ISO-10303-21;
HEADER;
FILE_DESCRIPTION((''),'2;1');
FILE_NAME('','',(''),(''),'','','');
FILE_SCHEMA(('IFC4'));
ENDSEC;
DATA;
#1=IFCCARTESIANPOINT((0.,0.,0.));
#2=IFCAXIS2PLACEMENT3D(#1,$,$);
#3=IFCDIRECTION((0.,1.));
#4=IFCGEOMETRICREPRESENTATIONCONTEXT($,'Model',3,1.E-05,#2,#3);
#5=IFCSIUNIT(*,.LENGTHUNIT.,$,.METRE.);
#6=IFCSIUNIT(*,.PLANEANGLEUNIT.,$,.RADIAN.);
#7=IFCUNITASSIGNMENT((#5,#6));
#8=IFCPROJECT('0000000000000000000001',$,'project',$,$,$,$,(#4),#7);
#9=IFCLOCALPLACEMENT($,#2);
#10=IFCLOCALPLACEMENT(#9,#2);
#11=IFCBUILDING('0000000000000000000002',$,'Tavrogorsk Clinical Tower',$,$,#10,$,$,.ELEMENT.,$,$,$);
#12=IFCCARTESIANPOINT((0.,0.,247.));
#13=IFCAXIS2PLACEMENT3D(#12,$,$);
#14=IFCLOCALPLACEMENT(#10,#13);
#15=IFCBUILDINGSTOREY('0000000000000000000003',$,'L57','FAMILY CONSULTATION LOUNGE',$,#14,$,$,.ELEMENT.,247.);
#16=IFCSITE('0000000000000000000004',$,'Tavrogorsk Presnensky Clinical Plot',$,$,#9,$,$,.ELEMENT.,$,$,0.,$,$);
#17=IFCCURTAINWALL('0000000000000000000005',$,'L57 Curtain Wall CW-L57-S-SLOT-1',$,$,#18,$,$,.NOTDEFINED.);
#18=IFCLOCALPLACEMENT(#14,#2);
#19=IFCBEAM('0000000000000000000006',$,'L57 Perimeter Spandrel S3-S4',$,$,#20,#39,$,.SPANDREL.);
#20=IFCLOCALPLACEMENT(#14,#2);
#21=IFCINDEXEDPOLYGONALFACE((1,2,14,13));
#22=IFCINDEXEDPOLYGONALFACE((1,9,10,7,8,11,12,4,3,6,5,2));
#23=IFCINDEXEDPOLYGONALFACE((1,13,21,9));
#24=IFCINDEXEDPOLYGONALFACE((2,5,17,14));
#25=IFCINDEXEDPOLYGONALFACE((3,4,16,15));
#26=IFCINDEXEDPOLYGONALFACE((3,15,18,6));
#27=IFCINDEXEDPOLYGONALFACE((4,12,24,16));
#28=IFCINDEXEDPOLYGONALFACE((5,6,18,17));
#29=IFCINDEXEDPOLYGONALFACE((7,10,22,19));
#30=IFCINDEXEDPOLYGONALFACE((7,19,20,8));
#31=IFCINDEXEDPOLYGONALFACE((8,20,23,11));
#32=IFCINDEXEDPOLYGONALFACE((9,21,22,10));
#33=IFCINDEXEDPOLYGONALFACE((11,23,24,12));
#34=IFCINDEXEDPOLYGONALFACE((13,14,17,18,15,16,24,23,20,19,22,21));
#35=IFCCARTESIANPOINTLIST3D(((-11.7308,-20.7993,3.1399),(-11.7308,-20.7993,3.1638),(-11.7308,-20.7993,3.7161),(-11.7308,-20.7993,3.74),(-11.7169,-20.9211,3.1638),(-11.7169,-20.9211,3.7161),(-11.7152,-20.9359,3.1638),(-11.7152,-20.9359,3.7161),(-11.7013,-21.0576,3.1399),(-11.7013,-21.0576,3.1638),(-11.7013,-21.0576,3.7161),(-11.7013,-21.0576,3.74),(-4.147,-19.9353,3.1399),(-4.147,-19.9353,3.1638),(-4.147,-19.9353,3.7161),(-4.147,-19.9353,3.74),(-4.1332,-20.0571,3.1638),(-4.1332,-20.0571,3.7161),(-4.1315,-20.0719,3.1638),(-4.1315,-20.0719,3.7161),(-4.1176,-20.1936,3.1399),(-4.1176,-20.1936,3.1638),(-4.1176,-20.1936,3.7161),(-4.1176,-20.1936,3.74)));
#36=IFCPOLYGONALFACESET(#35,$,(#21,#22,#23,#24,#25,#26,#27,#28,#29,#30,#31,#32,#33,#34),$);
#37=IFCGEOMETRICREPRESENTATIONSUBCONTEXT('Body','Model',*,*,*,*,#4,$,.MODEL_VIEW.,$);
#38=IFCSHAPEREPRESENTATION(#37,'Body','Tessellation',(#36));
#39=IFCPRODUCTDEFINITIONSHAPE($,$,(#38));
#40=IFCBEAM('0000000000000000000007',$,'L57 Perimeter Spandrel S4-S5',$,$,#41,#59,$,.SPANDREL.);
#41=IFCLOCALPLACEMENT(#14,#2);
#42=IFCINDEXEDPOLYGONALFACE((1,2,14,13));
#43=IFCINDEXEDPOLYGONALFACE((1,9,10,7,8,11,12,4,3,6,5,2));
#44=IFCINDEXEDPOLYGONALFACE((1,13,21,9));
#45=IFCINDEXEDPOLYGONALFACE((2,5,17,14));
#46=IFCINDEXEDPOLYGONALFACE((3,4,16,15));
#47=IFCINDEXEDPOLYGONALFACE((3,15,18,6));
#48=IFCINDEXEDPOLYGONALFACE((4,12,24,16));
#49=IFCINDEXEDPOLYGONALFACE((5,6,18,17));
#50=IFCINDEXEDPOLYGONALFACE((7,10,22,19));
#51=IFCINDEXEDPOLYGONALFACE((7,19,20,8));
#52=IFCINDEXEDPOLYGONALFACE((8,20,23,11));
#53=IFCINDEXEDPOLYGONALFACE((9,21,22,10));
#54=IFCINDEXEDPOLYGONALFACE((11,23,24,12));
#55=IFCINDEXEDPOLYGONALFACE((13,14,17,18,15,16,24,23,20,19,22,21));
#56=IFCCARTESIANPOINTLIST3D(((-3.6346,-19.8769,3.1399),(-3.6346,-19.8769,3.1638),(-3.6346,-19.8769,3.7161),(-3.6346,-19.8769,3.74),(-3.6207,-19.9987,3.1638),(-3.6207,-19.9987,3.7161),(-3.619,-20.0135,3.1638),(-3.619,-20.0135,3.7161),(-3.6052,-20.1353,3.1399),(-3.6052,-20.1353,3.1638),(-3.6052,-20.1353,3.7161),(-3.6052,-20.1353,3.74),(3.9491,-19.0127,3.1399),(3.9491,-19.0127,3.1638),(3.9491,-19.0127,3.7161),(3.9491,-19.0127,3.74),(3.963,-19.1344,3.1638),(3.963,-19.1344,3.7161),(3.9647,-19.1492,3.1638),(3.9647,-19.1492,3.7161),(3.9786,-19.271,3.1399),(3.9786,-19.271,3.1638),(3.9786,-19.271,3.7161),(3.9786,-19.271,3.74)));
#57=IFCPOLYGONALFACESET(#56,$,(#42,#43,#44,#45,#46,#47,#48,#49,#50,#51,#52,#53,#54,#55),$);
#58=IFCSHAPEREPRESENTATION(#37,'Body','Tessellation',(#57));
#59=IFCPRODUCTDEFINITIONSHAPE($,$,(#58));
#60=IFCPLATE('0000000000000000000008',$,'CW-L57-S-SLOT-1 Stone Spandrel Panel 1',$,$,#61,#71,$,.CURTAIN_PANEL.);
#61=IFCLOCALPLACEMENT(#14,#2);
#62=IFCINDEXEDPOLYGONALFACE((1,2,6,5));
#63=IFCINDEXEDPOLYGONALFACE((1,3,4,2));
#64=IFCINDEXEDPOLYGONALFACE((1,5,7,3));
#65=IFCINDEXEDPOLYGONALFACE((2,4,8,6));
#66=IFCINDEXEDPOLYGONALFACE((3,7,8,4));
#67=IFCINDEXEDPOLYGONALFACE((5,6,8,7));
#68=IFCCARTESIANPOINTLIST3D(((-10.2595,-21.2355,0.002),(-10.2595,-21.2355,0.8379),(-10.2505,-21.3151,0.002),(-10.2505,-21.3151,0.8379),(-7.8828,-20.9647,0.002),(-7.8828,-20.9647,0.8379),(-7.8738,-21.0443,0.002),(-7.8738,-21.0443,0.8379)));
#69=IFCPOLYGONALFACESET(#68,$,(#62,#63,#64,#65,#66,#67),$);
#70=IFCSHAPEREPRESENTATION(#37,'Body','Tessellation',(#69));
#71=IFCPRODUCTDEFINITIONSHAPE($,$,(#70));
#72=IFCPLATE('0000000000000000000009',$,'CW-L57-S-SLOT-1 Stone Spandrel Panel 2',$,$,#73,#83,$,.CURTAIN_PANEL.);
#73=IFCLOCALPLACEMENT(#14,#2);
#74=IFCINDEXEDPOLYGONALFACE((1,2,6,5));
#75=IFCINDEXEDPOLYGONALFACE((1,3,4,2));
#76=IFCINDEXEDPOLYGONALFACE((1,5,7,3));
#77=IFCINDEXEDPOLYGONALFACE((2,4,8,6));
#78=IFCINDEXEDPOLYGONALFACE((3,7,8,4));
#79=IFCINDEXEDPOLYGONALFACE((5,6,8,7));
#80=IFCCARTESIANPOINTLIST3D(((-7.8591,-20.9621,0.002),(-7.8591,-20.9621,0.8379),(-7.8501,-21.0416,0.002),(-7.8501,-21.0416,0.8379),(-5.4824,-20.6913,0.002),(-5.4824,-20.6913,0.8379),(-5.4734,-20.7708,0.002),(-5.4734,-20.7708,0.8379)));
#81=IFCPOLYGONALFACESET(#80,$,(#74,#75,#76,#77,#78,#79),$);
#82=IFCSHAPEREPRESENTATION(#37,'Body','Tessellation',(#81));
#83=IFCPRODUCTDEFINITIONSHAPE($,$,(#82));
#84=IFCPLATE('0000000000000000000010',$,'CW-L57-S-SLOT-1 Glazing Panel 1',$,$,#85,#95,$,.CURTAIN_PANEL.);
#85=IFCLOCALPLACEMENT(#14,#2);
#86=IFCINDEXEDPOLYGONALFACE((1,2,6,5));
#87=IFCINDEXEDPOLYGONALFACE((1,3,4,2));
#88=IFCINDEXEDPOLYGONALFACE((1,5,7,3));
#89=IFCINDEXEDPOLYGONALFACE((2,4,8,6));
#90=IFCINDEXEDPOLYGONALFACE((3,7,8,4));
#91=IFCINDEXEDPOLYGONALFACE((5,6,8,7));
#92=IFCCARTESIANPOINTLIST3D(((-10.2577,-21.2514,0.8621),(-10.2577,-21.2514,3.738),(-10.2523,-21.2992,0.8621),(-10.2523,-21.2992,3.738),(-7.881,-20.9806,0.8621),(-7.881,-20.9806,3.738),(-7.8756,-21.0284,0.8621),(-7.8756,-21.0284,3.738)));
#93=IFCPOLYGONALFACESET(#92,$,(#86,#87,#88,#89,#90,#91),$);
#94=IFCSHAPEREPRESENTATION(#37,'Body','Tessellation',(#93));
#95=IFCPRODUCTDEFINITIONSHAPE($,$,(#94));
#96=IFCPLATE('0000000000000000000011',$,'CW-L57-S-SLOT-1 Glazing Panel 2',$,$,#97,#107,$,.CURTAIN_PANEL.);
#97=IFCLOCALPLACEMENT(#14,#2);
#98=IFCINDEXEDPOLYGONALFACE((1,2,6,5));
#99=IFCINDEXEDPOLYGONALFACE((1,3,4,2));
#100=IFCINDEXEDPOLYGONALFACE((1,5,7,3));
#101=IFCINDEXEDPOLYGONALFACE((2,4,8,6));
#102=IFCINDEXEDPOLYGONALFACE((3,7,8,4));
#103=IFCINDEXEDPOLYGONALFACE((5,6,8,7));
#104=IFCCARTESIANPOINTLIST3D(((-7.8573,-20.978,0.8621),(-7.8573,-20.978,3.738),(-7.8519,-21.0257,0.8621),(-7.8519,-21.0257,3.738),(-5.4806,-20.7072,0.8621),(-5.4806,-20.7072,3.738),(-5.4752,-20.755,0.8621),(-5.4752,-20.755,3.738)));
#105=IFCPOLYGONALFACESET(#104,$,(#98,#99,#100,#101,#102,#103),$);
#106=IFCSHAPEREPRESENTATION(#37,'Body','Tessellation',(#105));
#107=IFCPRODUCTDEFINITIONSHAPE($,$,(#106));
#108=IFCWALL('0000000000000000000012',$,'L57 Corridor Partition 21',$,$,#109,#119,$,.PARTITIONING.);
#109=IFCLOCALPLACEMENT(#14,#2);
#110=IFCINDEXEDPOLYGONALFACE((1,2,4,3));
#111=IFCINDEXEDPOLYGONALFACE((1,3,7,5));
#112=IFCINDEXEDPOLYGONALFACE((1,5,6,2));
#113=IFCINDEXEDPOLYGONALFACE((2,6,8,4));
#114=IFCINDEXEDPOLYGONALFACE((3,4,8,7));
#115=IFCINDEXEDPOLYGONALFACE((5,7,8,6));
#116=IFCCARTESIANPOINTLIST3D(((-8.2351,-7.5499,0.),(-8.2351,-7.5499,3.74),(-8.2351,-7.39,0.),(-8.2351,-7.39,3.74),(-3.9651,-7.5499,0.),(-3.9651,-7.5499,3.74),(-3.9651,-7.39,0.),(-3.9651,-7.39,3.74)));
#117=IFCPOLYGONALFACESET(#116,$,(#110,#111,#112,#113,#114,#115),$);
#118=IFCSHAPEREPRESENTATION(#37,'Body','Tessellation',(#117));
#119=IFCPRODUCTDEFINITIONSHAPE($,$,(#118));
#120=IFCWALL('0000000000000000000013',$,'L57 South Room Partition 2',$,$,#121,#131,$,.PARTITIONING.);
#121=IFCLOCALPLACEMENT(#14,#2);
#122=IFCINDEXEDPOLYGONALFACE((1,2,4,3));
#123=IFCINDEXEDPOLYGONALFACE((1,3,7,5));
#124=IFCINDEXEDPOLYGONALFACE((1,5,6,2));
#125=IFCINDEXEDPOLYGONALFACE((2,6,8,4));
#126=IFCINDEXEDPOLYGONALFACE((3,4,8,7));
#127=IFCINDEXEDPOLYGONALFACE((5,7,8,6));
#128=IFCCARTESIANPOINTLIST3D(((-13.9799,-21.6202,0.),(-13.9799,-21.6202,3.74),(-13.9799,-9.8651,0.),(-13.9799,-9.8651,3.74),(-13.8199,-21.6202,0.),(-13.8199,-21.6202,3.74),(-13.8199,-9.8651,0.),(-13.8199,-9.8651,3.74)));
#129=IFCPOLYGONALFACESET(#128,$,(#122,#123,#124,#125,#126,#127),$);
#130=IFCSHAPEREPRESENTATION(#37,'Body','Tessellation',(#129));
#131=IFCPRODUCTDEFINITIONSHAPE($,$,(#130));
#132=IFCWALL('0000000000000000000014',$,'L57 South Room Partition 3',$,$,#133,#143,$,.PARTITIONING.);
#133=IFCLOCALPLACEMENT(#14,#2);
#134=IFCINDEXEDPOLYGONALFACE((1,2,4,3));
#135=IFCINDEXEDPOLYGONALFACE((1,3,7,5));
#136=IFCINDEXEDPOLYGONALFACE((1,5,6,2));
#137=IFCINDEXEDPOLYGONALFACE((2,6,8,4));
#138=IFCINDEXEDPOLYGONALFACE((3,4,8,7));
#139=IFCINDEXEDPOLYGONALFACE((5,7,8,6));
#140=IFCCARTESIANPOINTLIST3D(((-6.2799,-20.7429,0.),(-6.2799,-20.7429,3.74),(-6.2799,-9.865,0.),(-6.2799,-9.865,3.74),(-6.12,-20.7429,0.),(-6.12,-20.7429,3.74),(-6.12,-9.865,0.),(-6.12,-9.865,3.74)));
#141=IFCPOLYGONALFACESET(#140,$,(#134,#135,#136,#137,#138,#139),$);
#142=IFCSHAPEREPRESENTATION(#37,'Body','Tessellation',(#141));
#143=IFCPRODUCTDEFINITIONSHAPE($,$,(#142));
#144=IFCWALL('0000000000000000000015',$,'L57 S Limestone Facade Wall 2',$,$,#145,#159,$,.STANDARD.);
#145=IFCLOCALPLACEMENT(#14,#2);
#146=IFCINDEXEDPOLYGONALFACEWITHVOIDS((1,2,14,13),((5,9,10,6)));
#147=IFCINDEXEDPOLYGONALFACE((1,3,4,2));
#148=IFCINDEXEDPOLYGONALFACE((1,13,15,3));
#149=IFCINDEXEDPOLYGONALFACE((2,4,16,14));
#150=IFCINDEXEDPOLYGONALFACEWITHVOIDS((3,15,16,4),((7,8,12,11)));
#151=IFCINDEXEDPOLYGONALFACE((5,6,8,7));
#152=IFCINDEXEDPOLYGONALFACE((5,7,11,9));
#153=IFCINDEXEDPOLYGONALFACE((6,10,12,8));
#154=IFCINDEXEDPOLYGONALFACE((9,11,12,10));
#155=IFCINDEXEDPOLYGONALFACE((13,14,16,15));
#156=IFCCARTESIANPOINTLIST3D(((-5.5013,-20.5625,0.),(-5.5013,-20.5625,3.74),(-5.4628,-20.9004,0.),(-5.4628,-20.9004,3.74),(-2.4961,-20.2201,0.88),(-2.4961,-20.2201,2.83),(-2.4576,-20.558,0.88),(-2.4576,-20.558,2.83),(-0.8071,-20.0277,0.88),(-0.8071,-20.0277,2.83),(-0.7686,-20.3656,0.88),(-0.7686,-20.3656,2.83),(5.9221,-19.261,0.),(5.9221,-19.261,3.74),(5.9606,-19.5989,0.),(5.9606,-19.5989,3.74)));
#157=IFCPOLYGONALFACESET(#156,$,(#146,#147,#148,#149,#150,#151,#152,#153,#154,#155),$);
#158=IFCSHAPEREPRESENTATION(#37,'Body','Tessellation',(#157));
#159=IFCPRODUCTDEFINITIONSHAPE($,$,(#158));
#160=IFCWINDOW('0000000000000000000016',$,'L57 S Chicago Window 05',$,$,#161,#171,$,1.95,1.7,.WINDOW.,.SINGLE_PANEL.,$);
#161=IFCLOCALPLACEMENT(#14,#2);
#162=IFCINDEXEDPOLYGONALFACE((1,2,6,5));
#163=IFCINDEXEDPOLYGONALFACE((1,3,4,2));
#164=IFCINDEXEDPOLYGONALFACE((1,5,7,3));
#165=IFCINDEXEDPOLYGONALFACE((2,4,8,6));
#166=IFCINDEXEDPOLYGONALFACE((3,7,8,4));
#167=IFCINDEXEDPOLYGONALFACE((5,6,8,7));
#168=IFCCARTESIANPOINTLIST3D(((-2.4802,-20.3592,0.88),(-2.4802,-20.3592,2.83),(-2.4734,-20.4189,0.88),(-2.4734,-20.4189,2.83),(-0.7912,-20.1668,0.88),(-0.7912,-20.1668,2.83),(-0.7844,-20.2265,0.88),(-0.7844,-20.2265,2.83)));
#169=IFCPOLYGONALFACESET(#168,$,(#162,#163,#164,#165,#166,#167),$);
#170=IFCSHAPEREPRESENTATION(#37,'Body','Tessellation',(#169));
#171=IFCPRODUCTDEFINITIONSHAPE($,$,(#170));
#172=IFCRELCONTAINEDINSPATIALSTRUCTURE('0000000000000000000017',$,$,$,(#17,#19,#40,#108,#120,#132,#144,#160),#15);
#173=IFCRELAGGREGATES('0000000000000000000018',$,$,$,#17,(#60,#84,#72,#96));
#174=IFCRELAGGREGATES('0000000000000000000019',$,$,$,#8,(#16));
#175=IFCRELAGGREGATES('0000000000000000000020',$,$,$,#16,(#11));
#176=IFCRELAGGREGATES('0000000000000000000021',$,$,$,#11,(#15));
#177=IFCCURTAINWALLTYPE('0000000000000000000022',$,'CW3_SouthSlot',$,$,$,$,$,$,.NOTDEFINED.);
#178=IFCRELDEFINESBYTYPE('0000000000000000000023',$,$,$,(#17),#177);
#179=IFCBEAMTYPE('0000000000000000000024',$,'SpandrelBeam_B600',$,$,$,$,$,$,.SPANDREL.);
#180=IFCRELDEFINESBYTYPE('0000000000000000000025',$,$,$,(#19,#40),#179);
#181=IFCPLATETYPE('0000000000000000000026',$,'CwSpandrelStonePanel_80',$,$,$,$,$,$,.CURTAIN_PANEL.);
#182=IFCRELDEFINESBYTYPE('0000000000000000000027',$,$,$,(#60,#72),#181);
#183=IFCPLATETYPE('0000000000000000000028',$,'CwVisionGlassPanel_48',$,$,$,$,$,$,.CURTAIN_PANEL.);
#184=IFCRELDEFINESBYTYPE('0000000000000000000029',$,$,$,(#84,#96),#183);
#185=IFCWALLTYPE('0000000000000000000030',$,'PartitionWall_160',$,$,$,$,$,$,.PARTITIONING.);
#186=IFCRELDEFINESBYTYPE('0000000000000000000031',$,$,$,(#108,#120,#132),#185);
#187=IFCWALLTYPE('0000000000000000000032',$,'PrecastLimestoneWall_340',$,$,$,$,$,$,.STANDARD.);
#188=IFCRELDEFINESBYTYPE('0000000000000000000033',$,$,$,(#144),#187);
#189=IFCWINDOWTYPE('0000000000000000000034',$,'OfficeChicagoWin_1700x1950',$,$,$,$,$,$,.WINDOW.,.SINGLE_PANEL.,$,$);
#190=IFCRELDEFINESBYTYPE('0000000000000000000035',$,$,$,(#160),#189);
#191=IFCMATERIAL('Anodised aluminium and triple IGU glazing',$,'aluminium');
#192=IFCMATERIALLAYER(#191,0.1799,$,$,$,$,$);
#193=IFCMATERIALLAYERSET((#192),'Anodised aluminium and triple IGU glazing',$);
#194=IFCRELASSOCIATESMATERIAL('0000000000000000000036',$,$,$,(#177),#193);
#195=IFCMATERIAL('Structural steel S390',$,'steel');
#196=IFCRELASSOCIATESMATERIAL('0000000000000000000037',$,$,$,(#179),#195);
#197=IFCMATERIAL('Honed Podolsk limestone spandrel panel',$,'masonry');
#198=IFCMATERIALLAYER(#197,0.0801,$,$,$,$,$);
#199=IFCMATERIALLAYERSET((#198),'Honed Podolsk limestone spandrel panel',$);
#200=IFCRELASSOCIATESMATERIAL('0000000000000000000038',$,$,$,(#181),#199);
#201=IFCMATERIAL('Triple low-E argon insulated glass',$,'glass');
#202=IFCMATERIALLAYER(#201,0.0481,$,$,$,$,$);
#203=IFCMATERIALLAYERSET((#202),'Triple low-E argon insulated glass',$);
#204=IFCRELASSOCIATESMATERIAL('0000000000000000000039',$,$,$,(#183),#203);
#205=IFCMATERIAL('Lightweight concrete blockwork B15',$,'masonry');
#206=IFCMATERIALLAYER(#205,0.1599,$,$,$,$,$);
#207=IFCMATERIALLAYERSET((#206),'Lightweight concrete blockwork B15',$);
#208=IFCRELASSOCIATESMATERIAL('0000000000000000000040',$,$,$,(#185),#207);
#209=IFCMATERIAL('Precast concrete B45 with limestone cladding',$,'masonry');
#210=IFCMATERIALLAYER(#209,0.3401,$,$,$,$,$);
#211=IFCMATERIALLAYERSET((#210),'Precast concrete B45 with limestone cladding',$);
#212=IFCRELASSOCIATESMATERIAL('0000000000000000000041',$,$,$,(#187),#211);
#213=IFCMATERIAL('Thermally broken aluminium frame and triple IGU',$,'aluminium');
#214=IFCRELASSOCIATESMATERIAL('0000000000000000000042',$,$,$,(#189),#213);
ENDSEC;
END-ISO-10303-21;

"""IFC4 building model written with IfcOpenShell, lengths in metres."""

from ifc_helpers import new_model, si_unit, direction, frame, frame_2d, origin, origin_2d, place, context, subcontext, project, spatial, rectangle, i_section, extrude, material, layer, layer_set, material_profile, profile_set, type_object, element, fill, aggregate, save


model = new_model("IFC4")

# Units and contexts
model_context = context("Model", 3, precision=1e-05, world=origin(), true_north=direction((0.0, 1.0)))
body_context = subcontext(model_context, "Body", "Model", "MODEL_VIEW")
ifc_project = project(units=[si_unit("LENGTHUNIT", "METRE"), si_unit("PLANEANGLEUNIT", "RADIAN")], contexts=[model_context])

# Site, building, storey
site_placement = place(None, origin())
site = spatial("IfcSite", under=ifc_project, at=site_placement, Name="Tavrogorsk Presnensky Clinical Plot", CompositionType="ELEMENT", RefElevation=0.0)
building_placement = place(site_placement, origin())
building = spatial("IfcBuilding", under=site, at=building_placement, Name="Tavrogorsk Clinical Tower", CompositionType="ELEMENT")
storey_placement = place(building_placement, frame((0.0, 0.0, 247.0)))
storey = spatial("IfcBuildingStorey", under=building, at=storey_placement, Name="L57", Description="FAMILY CONSULTATION LOUNGE", CompositionType="ELEMENT", Elevation=247.0)

# Curtain wall
ifc_material_1 = material(Name="Anodised aluminium and triple IGU glazing", Category="aluminium")
ifc_layer_1 = layer(ifc_material_1, 0.1799)
ifc_layer_set_1 = layer_set([ifc_layer_1], Name="Anodised aluminium and triple IGU glazing")
curtain_wall_type = type_object("IfcCurtainWallType", Name="CW3_SouthSlot", PredefinedType="NOTDEFINED", material=ifc_layer_set_1)
curtain_wall_placement = place(storey_placement, origin())
curtain_wall = element("IfcCurtainWall", 1, at=curtain_wall_placement, inside=storey, type_object=curtain_wall_type, Name="L57 Curtain Wall CW-L57-S-SLOT-1", PredefinedType="NOTDEFINED")

# Beams
ifc_material_2 = material(Name="Structural steel S390", Category="steel")
ifc_material_profile_1 = material_profile(ifc_material_2, i_section(OverallWidth=0.26, OverallDepth=0.6001, WebThickness=0.0149, FlangeThickness=0.0239, at=origin_2d()), Name="B-600x260x15x24")
ifc_profile_set_1 = profile_set([ifc_material_profile_1], Name="Structural steel S390")
beam_type = type_object("IfcBeamType", Name="SpandrelBeam_B600", PredefinedType="SPANDREL", material=ifc_profile_set_1)
for number, where, z_axis, x_axis, name in (
    (2, (-11.7161, -20.9285, 3.4399), (0.993573, 0.113197, 0.0), (-0.113197, 0.993573, 0.0), "L57 Perimeter Spandrel S3-S4"),
    (3, (-3.6199, -20.0061, 3.4399), (0.993569, 0.113229, 0.0), (-0.113229, 0.993569, 0.0), "L57 Perimeter Spandrel S4-S5"),
):
    element("IfcBeam", number, at=place(storey_placement, frame(where, z_axis=z_axis, x_axis=x_axis)), inside=storey, type_object=beam_type, Name=name, PredefinedType="SPANDREL", context=body_context, shape_type="SweptSolid", body=[
        extrude(i_section(OverallWidth=0.26, OverallDepth=0.6001, WebThickness=0.0149, FlangeThickness=0.0239, at=origin_2d()), origin(), (0.0, 0.0, 1.0), 7.6328),
    ])

# Plates
ifc_material_3 = material(Name="Honed Podolsk limestone spandrel panel", Category="masonry")
ifc_layer_2 = layer(ifc_material_3, 0.0801)
ifc_layer_set_2 = layer_set([ifc_layer_2], Name="Honed Podolsk limestone spandrel panel")
plate_type_1 = type_object("IfcPlateType", Name="CwSpandrelStonePanel_80", PredefinedType="CURTAIN_PANEL", material=ifc_layer_set_2)
plate_1_placement = place(storey_placement, frame((-9.0667, -21.1399, 0.002), z_axis=(0.0, 0.0, 1.0), x_axis=(0.993572, 0.113203, 0.0)))
plate_1 = element("IfcPlate", 4, at=plate_1_placement, type_object=plate_type_1, Name="CW-L57-S-SLOT-1 Stone Spandrel Panel 1", PredefinedType="CURTAIN_PANEL", context=body_context, shape_type="SweptSolid", body=[
    extrude(rectangle(XDim=2.3921, YDim=0.0801, at=origin_2d()), origin(), (0.0, 0.0, 1.0), 0.8359),
])
plate_2_placement = place(storey_placement, frame((-6.6663, -20.8665, 0.002), z_axis=(0.0, 0.0, 1.0), x_axis=(0.993572, 0.113203, 0.0)))
plate_2 = element("IfcPlate", 5, at=plate_2_placement, type_object=plate_type_1, Name="CW-L57-S-SLOT-1 Stone Spandrel Panel 2", PredefinedType="CURTAIN_PANEL", context=body_context, shape_type="SweptSolid", body=[
    extrude(rectangle(XDim=2.3921, YDim=0.0801, at=origin_2d()), origin(), (0.0, 0.0, 1.0), 0.8359),
])
ifc_material_4 = material(Name="Triple low-E argon insulated glass", Category="glass")
ifc_layer_3 = layer(ifc_material_4, 0.0481)
ifc_layer_set_3 = layer_set([ifc_layer_3], Name="Triple low-E argon insulated glass")
plate_type_2 = type_object("IfcPlateType", Name="CwVisionGlassPanel_48", PredefinedType="CURTAIN_PANEL", material=ifc_layer_set_3)
plate_3_placement = place(storey_placement, frame((-9.0667, -21.1399, 0.8621), z_axis=(0.0, 0.0, 1.0), x_axis=(0.993572, 0.113203, 0.0)))
plate_3 = element("IfcPlate", 6, at=plate_3_placement, type_object=plate_type_2, Name="CW-L57-S-SLOT-1 Glazing Panel 1", PredefinedType="CURTAIN_PANEL", context=body_context, shape_type="SweptSolid", body=[
    extrude(rectangle(XDim=2.3921, YDim=0.0481, at=origin_2d()), origin(), (0.0, 0.0, 1.0), 2.876),
])
plate_4_placement = place(storey_placement, frame((-6.6663, -20.8665, 0.8621), z_axis=(0.0, 0.0, 1.0), x_axis=(0.993572, 0.113203, 0.0)))
plate_4 = element("IfcPlate", 7, at=plate_4_placement, type_object=plate_type_2, Name="CW-L57-S-SLOT-1 Glazing Panel 2", PredefinedType="CURTAIN_PANEL", context=body_context, shape_type="SweptSolid", body=[
    extrude(rectangle(XDim=2.3921, YDim=0.0481, at=origin_2d()), origin(), (0.0, 0.0, 1.0), 2.876),
])
aggregate(curtain_wall, [plate_1, plate_3, plate_2, plate_4])

# Walls
ifc_material_5 = material(Name="Lightweight concrete blockwork B15", Category="masonry")
ifc_layer_4 = layer(ifc_material_5, 0.1599)
ifc_layer_set_4 = layer_set([ifc_layer_4], Name="Lightweight concrete blockwork B15")
wall_type_1 = type_object("IfcWallType", Name="PartitionWall_160", PredefinedType="PARTITIONING", material=ifc_layer_set_4)
wall_1_placement = place(storey_placement, frame((-8.2351, -7.47, 0.0), z_axis=(0.0, 0.0, 1.0), x_axis=(1.0, 0.0, 0.0)))
element("IfcWall", 8, at=wall_1_placement, inside=storey, type_object=wall_type_1, Name="L57 Corridor Partition 21", PredefinedType="PARTITIONING", context=body_context, shape_type="SweptSolid", body=[
    extrude(rectangle(XDim=4.27, YDim=0.1599, at=frame_2d((2.135, 0.0))), origin(), (0.0, 0.0, 1.0), 3.74),
])
wall_2_placement = place(storey_placement, frame((-13.8999, -21.6201, 0.0), z_axis=(0.0, 0.0, 1.0), x_axis=(0.0, 1.0, 0.0)))
element("IfcWall", 9, at=wall_2_placement, inside=storey, type_object=wall_type_1, Name="L57 South Room Partition 2", PredefinedType="PARTITIONING", context=body_context, shape_type="SweptSolid", body=[
    extrude(rectangle(XDim=11.7551, YDim=0.1599, at=frame_2d((5.8774, 0.0))), origin(), (0.0, 0.0, 1.0), 3.74),
])
wall_3_placement = place(storey_placement, frame((-6.2, -20.7429, 0.0), z_axis=(0.0, 0.0, 1.0), x_axis=(0.0, 1.0, 0.0)))
element("IfcWall", 10, at=wall_3_placement, inside=storey, type_object=wall_type_1, Name="L57 South Room Partition 3", PredefinedType="PARTITIONING", context=body_context, shape_type="SweptSolid", body=[
    extrude(rectangle(XDim=10.8779, YDim=0.1599, at=frame_2d((5.439, 0.0))), origin(), (0.0, 0.0, 1.0), 3.74),
])

# Wall, opening, window
ifc_material_6 = material(Name="Precast concrete B45 with limestone cladding", Category="masonry")
ifc_layer_5 = layer(ifc_material_6, 0.3401)
ifc_layer_set_5 = layer_set([ifc_layer_5], Name="Precast concrete B45 with limestone cladding")
wall_type_2 = type_object("IfcWallType", Name="PrecastLimestoneWall_340", PredefinedType="STANDARD", material=ifc_layer_set_5)
wall_4_placement = place(storey_placement, frame((-5.4819, -20.7314, 0.0), z_axis=(0.0, 0.0, 1.0), x_axis=(0.993572, 0.113202, 0.0)))
wall_4 = element("IfcWall", 11, at=wall_4_placement, inside=storey, type_object=wall_type_2, Name="L57 S Limestone Facade Wall 2", PredefinedType="STANDARD", context=body_context, shape_type="SweptSolid", body=[
    extrude(rectangle(XDim=11.4973, YDim=0.3401, at=frame_2d((5.7485, 0.0))), origin(), (0.0, 0.0, 1.0), 3.74),
])
opening_placement = place(wall_4_placement, frame((3.0244, 0.0, 0.8799)))
opening = element("IfcOpeningElement", 12, at=opening_placement, cuts=wall_4, PredefinedType="OPENING", context=body_context, shape_type="SweptSolid", body=[
    extrude(rectangle(XDim=1.7, YDim=1.95, at=frame_2d((0.8501, 0.9751))), frame((0.0, 0.1799, 0.0), z_axis=(0.0, -1.0, 0.0), x_axis=(1.0, 0.0, 0.0)), (0.0, 0.0, 1.0), 0.3601),
])
ifc_material_7 = material(Name="Thermally broken aluminium frame and triple IGU", Category="aluminium")
window_type = type_object("IfcWindowType", Name="OfficeChicagoWin_1700x1950", PartitioningType="SINGLE_PANEL", PredefinedType="WINDOW", material=ifc_material_7)
window_placement = place(opening_placement, origin())
window = element("IfcWindow", 13, at=window_placement, inside=storey, type_object=window_type, Name="L57 S Chicago Window 05", OverallHeight=1.95, OverallWidth=1.7, PartitioningType="SINGLE_PANEL", PredefinedType="WINDOW", context=body_context, shape_type="SweptSolid", body=[
    extrude(rectangle(XDim=1.7, YDim=1.95, at=frame_2d((0.8501, 0.9751))), frame((0.0, 0.03, 0.0), z_axis=(0.0, -1.0, 0.0), x_axis=(1.0, 0.0, 0.0)), (0.0, 0.0, 1.0), 0.0601),
])
fill(opening, window)

save(model, "model.ifc")
